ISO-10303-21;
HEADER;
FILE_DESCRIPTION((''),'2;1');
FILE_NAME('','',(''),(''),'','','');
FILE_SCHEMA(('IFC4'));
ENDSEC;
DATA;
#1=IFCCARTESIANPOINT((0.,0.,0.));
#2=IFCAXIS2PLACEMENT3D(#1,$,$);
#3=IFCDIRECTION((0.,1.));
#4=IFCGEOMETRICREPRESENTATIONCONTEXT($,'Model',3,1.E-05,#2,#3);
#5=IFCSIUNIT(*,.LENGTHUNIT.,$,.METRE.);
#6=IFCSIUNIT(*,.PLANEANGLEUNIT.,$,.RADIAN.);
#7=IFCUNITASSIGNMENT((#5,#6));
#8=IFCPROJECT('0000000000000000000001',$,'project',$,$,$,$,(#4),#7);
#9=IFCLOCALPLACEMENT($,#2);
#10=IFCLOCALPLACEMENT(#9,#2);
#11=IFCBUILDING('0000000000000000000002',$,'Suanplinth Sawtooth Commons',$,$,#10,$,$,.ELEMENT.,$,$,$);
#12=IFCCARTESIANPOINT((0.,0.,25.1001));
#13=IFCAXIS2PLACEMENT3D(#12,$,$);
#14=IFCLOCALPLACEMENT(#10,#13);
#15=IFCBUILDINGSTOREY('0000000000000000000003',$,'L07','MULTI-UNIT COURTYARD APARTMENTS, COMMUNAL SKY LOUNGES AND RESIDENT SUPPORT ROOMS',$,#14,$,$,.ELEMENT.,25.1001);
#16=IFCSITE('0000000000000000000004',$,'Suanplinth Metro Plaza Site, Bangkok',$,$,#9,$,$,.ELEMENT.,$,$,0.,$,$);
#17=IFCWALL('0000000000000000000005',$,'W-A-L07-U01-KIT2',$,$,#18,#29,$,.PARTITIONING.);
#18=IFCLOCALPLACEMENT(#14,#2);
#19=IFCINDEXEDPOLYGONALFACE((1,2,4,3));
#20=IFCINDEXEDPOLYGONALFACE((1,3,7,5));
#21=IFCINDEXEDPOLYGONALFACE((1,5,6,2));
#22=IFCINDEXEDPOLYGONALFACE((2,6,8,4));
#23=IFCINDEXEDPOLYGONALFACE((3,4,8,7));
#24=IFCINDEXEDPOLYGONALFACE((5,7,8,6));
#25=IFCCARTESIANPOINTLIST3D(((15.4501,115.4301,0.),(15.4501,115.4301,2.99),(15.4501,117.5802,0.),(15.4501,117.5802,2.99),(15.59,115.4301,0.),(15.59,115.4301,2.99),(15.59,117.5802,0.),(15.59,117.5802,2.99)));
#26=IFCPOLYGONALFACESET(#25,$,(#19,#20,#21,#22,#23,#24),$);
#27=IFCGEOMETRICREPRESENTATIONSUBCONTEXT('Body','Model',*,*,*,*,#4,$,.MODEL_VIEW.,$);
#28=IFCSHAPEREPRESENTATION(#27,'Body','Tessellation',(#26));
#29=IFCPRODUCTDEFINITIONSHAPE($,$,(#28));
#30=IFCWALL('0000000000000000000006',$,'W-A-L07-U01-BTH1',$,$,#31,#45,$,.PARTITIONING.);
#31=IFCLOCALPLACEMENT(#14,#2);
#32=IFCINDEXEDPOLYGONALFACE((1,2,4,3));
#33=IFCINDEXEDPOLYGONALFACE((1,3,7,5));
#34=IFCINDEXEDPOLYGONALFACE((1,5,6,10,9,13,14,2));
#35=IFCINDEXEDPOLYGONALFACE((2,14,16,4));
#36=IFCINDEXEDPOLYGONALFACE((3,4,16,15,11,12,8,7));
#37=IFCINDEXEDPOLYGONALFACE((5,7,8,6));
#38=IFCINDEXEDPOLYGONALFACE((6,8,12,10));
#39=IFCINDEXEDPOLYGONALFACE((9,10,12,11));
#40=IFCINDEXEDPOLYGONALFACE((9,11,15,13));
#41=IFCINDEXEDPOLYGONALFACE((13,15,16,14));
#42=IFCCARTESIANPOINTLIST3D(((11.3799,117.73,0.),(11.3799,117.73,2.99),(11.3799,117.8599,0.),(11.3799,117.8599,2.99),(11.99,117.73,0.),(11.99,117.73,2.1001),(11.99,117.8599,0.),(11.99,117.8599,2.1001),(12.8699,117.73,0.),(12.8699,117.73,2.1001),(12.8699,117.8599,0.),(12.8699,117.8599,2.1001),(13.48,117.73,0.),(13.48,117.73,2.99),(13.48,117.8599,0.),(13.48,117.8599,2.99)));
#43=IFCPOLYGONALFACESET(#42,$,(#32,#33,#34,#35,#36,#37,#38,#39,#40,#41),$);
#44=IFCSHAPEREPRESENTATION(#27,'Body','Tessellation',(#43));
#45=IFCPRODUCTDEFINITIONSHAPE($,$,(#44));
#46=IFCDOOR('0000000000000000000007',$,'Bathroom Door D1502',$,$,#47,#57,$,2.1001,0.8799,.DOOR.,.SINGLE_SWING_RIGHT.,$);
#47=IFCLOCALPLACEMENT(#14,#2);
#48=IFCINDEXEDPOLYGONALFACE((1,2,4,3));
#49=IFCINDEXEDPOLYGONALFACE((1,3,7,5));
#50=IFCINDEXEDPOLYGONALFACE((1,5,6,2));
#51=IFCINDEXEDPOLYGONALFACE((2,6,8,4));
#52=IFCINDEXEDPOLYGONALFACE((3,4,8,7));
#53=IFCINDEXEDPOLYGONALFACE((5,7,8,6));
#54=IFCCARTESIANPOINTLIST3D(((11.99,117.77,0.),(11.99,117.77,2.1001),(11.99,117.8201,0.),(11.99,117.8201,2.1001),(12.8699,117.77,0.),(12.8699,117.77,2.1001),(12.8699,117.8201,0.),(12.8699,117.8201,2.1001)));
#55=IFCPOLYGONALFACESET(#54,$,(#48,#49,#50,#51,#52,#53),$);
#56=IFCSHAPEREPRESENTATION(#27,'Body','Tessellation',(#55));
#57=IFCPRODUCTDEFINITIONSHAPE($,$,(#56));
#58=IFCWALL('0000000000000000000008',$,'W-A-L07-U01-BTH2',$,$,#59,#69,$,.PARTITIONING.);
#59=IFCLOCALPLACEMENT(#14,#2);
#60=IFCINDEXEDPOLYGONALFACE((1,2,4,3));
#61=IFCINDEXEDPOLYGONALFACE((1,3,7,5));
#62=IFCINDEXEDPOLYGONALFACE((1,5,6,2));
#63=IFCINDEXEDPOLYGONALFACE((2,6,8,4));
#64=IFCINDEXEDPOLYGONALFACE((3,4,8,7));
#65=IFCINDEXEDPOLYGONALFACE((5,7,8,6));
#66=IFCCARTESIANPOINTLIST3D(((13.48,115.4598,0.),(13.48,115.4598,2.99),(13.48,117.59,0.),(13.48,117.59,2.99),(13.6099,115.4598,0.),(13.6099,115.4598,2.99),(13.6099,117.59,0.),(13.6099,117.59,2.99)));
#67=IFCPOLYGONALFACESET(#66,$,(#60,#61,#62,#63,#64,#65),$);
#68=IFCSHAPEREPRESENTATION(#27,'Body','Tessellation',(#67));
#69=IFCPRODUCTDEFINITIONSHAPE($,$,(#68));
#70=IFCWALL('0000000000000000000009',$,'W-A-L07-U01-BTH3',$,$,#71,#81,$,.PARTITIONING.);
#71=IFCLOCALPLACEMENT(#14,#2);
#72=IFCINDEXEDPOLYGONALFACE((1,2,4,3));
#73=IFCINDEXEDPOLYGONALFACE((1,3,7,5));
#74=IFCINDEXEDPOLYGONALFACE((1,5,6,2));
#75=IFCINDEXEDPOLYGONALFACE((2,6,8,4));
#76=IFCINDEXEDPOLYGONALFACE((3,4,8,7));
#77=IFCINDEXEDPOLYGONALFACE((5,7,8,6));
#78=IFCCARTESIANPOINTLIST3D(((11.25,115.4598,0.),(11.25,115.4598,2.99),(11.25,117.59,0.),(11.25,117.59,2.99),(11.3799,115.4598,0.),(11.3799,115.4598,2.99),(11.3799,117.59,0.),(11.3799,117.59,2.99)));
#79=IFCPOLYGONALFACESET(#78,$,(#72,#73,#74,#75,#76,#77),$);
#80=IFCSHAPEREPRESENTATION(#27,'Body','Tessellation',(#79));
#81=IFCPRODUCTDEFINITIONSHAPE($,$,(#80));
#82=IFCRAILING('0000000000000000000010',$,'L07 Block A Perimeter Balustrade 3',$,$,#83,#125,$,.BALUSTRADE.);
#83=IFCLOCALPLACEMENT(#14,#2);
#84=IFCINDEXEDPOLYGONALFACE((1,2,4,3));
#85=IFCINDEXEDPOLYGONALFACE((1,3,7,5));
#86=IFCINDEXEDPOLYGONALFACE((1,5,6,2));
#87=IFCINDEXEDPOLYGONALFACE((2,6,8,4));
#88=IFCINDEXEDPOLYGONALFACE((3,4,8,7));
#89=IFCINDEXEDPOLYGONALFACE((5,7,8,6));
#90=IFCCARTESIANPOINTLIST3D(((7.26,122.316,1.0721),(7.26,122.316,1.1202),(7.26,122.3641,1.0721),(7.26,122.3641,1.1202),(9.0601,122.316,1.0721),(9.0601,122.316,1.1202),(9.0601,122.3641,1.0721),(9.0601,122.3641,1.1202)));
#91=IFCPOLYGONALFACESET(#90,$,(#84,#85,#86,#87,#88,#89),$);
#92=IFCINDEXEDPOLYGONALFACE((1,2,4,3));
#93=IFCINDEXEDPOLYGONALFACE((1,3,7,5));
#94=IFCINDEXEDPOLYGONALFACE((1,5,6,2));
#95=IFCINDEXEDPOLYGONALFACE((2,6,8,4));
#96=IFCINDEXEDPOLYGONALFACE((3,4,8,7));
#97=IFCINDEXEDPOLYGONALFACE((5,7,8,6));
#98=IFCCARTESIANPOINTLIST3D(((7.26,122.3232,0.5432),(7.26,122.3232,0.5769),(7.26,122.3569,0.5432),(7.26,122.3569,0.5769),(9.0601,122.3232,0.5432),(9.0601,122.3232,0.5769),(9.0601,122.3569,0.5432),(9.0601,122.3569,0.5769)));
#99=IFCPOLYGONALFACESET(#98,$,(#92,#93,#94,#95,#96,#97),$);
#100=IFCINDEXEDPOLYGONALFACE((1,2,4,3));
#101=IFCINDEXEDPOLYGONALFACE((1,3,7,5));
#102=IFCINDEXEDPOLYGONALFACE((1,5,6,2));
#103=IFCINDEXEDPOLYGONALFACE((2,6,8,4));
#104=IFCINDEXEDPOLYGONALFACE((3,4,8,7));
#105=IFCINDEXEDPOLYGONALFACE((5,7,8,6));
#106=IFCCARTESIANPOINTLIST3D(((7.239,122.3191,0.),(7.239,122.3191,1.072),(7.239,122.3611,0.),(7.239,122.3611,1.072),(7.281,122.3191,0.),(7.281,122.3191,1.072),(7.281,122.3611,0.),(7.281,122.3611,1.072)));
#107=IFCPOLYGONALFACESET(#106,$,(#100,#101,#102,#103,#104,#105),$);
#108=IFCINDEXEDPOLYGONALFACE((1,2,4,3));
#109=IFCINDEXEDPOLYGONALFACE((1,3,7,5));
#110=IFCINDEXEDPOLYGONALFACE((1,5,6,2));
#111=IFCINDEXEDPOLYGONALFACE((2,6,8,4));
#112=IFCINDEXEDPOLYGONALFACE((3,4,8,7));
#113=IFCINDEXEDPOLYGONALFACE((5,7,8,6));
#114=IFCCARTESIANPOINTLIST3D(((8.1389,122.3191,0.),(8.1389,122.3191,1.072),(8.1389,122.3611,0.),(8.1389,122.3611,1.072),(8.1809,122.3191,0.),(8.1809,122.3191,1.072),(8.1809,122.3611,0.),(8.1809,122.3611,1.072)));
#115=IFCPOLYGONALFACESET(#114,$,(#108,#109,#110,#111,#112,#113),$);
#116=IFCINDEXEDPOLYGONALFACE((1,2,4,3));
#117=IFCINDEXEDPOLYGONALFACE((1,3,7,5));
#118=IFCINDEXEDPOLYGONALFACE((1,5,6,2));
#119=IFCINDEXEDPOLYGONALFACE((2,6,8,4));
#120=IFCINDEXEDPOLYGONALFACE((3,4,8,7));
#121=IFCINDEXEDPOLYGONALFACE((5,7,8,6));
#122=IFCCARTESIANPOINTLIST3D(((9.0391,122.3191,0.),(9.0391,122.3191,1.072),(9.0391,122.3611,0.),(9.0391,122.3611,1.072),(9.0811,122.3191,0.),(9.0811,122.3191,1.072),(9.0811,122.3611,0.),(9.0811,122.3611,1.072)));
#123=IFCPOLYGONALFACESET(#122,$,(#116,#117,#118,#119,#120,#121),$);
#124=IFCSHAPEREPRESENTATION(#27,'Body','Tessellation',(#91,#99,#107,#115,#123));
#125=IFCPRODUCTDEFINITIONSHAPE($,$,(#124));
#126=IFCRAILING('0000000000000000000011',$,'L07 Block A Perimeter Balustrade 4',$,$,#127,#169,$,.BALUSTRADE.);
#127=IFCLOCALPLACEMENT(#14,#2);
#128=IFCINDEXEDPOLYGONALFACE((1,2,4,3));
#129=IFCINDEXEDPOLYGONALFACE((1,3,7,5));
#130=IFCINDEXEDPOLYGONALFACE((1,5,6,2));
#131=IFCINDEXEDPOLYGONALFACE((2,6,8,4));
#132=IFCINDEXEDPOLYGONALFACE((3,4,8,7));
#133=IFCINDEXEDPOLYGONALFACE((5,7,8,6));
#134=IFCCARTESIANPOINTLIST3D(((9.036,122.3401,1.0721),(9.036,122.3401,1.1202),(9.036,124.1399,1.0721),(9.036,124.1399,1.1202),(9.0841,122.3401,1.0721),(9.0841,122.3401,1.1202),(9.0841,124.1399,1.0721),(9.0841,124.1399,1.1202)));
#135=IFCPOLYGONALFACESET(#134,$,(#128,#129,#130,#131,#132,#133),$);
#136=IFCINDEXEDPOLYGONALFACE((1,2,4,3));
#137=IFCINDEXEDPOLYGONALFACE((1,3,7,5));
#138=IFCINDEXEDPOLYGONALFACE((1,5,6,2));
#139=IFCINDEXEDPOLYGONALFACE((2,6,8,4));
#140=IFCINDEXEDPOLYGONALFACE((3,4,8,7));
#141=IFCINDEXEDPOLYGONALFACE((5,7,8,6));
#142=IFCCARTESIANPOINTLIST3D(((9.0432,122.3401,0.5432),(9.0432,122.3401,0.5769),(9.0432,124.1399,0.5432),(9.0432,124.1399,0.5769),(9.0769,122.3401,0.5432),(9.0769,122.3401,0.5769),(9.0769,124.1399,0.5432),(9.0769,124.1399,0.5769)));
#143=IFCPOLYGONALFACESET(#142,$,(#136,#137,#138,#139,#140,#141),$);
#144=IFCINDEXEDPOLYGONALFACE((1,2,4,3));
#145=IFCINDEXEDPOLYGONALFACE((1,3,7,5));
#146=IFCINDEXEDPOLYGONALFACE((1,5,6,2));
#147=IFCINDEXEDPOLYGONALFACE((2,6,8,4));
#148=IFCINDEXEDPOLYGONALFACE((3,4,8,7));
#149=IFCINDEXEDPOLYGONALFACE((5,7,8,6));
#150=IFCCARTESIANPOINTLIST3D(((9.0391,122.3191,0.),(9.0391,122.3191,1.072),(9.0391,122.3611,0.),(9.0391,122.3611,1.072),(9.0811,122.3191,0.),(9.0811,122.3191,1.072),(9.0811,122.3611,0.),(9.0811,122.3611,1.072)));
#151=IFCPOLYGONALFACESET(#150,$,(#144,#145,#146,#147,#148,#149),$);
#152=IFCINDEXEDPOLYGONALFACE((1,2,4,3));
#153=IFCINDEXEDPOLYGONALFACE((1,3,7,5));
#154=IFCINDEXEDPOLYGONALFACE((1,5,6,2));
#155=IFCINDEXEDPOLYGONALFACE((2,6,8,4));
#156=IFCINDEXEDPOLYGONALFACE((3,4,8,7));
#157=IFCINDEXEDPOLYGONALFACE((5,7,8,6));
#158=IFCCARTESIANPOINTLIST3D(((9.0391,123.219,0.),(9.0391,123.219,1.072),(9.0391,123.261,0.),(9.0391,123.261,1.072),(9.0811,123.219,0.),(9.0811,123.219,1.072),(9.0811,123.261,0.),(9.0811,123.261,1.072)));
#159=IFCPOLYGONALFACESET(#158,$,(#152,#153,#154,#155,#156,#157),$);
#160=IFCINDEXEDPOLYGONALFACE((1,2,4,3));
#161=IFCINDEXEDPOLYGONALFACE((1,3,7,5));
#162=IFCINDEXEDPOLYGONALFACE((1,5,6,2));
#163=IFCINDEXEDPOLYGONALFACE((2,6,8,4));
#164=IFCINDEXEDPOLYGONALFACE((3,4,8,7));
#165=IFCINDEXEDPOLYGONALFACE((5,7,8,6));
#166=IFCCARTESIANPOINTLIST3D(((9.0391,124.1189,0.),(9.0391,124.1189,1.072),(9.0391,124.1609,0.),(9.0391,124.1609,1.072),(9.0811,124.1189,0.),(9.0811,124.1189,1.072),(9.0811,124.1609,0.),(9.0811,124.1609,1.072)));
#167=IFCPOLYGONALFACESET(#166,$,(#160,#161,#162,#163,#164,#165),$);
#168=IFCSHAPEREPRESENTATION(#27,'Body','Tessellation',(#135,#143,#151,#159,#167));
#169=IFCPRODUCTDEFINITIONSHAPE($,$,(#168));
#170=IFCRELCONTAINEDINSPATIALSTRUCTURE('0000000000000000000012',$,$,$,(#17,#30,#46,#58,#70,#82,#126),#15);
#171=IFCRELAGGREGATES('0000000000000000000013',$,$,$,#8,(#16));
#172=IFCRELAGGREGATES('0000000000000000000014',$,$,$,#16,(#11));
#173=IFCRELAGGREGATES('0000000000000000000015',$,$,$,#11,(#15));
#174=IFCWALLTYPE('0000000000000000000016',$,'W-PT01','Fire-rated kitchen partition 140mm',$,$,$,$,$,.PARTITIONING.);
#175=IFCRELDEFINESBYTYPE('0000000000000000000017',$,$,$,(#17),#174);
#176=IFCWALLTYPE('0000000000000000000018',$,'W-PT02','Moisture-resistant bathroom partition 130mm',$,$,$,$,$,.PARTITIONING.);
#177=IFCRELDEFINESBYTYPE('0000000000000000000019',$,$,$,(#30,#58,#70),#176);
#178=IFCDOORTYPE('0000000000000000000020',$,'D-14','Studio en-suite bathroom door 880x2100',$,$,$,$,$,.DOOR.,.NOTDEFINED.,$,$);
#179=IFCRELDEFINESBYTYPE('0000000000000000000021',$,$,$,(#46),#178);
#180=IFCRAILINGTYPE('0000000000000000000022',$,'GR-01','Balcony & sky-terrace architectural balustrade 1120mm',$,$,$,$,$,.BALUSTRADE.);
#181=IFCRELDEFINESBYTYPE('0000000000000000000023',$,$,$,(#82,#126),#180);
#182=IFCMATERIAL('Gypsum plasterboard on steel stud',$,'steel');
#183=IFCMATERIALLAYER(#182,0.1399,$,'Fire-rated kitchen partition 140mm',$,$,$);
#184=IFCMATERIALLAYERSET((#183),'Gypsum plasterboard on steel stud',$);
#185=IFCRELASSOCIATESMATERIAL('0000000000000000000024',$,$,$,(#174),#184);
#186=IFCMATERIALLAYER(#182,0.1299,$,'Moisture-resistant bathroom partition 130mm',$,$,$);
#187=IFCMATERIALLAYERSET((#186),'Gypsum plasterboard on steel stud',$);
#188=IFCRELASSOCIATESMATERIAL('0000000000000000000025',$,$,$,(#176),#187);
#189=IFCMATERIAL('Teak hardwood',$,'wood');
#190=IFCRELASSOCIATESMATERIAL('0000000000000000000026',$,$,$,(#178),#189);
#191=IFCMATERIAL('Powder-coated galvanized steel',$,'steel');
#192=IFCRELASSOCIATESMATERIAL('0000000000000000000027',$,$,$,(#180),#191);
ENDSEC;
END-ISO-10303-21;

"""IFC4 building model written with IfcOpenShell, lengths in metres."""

from ifc_helpers import new_model, si_unit, direction, frame, frame_2d, origin, origin_2d, place, context, subcontext, project, spatial, rectangle, extrude, material, layer, layer_set, type_object, element, fill, save


model = new_model("IFC4")

# Units and contexts
model_context = context("Model", 3, precision=1e-05, world=origin(), true_north=direction((0.0, 1.0)))
body_context = subcontext(model_context, "Body", "Model", "MODEL_VIEW")
ifc_project = project(units=[si_unit("LENGTHUNIT", "METRE"), si_unit("PLANEANGLEUNIT", "RADIAN")], contexts=[model_context])

# Site, building, storey
site_placement = place(None, origin())
site = spatial("IfcSite", under=ifc_project, at=site_placement, Name="Suanplinth Metro Plaza Site, Bangkok", CompositionType="ELEMENT", RefElevation=0.0)
building_placement = place(site_placement, origin())
building = spatial("IfcBuilding", under=site, at=building_placement, Name="Suanplinth Sawtooth Commons", CompositionType="ELEMENT")
storey_placement = place(building_placement, frame((0.0, 0.0, 25.1001)))
storey = spatial("IfcBuildingStorey", under=building, at=storey_placement, Name="L07", Description="MULTI-UNIT COURTYARD APARTMENTS, COMMUNAL SKY LOUNGES AND RESIDENT SUPPORT ROOMS", CompositionType="ELEMENT", Elevation=25.1001)

# Shared definitions
ifc_material_1 = material(Name="Gypsum plasterboard on steel stud", Category="steel")
ifc_layer_1 = layer(ifc_material_1, 0.1399, Name="Fire-rated kitchen partition 140mm")
ifc_layer_set_1 = layer_set([ifc_layer_1], Name="Gypsum plasterboard on steel stud")
wall_type_1 = type_object("IfcWallType", Name="W-PT01", Description="Fire-rated kitchen partition 140mm", PredefinedType="PARTITIONING", material=ifc_layer_set_1)
ifc_material_2 = material(Name="Teak hardwood", Category="wood")

# Wall
wall_1_placement = place(storey_placement, frame((15.52, 115.4299, 0.0), z_axis=(0.0, 0.0, 1.0), x_axis=(0.0, 1.0, 0.0)))
element("IfcWall", 1, at=wall_1_placement, inside=storey, type_object=wall_type_1, Name="W-A-L07-U01-KIT2", PredefinedType="PARTITIONING", context=body_context, shape_type="SweptSolid", body=[
    extrude(rectangle(XDim=2.1501, YDim=0.1399, at=frame_2d((1.0752, 0.0))), origin(), (0.0, 0.0, 1.0), 2.99),
])

# Wall, opening, door
ifc_layer_2 = layer(ifc_material_1, 0.1299, Name="Moisture-resistant bathroom partition 130mm")
ifc_layer_set_2 = layer_set([ifc_layer_2], Name="Gypsum plasterboard on steel stud")
wall_type_2 = type_object("IfcWallType", Name="W-PT02", Description="Moisture-resistant bathroom partition 130mm", PredefinedType="PARTITIONING", material=ifc_layer_set_2)
wall_2_placement = place(storey_placement, frame((11.3799, 117.7949, 0.0), z_axis=(0.0, 0.0, 1.0), x_axis=(1.0, 0.0, 0.0)))
wall_2 = element("IfcWall", 2, at=wall_2_placement, inside=storey, type_object=wall_type_2, Name="W-A-L07-U01-BTH1", PredefinedType="PARTITIONING", context=body_context, shape_type="SweptSolid", body=[
    extrude(rectangle(XDim=2.1001, YDim=0.1299, at=frame_2d((1.05, 0.0))), origin(), (0.0, 0.0, 1.0), 2.99),
])
opening_1_placement = place(wall_2_placement, frame((0.6101, 0.0, 0.0)))
opening_1 = element("IfcOpeningElement", 3, at=opening_1_placement, cuts=wall_2, PredefinedType="OPENING", context=body_context, shape_type="SweptSolid", body=[
    extrude(rectangle(XDim=0.8799, YDim=2.1001, at=frame_2d((0.4399, 1.05))), frame((0.0, 0.0798, 0.0), z_axis=(0.0, -1.0, 0.0), x_axis=(1.0, 0.0, 0.0)), (0.0, 0.0, 1.0), 0.1597),
])
door_type_1 = type_object("IfcDoorType", Name="D-14", Description="Studio en-suite bathroom door 880x2100", OperationType="NOTDEFINED", PredefinedType="DOOR", material=ifc_material_2)
door_1_placement = place(opening_1_placement, frame((0.8799, 0.0, 0.0), z_axis=(0.0, 0.0, 1.0), x_axis=(-1.0, 0.0, 0.0)))
door_1 = element("IfcDoor", 4, at=door_1_placement, inside=storey, type_object=door_type_1, Name="Bathroom Door D1502", OperationType="SINGLE_SWING_RIGHT", OverallHeight=2.1001, OverallWidth=0.8799, PredefinedType="DOOR", context=body_context, shape_type="SweptSolid", body=[
    extrude(rectangle(XDim=0.8799, YDim=2.1001, at=frame_2d((0.4399, 1.05))), frame((0.0, 0.0249, 0.0), z_axis=(0.0, -1.0, 0.0), x_axis=(1.0, 0.0, 0.0)), (0.0, 0.0, 1.0), 0.05),
])
fill(opening_1, door_1)

# Walls
for number, where, z_axis, x_axis, name in (
    (5, (13.5449, 115.46, 0.0), (0.0, 0.0, 1.0), (0.0, 1.0, 0.0), "W-A-L07-U01-BTH2"),
    (6, (11.3149, 115.46, 0.0), (0.0, 0.0, 1.0), (0.0, 1.0, 0.0), "W-A-L07-U01-BTH3"),
):
    element("IfcWall", number, at=place(storey_placement, frame(where, z_axis=z_axis, x_axis=x_axis)), inside=storey, type_object=wall_type_2, Name=name, PredefinedType="PARTITIONING", context=body_context, shape_type="SweptSolid", body=[
        extrude(rectangle(XDim=2.1301, YDim=0.1299, at=frame_2d((1.0649, 0.0))), origin(), (0.0, 0.0, 1.0), 2.99),
    ])

# Railings
ifc_material_3 = material(Name="Powder-coated galvanized steel", Category="steel")
railing_type = type_object("IfcRailingType", Name="GR-01", Description="Balcony & sky-terrace architectural balustrade 1120mm", PredefinedType="BALUSTRADE", material=ifc_material_3)
railing_1_placement = place(storey_placement, frame((7.26, 122.3401, 0.0)))
element("IfcRailing", 7, at=railing_1_placement, inside=storey, type_object=railing_type, Name="L07 Block A Perimeter Balustrade 3", PredefinedType="BALUSTRADE", context=body_context, shape_type="SweptSolid", body=[
    extrude(rectangle(XDim=0.0481, YDim=0.0481, at=origin_2d()), frame((0.0, 0.0, 1.0962), z_axis=(1.0, 0.0, 0.0), x_axis=(0.0, 1.0, 0.0)), (0.0, 0.0, 1.0), 1.8),
    extrude(rectangle(XDim=0.0337, YDim=0.0337, at=origin_2d()), frame((0.0, 0.0, 0.5601), z_axis=(1.0, 0.0, 0.0), x_axis=(0.0, 1.0, 0.0)), (0.0, 0.0, 1.0), 1.8),
    extrude(rectangle(XDim=0.042, YDim=0.042, at=origin_2d()), origin(), (0.0, 0.0, 1.0), 1.072),
    extrude(rectangle(XDim=0.042, YDim=0.042, at=origin_2d()), frame((0.8999, 0.0, 0.0)), (0.0, 0.0, 1.0), 1.072),
    extrude(rectangle(XDim=0.042, YDim=0.042, at=origin_2d()), frame((1.8, 0.0, 0.0)), (0.0, 0.0, 1.0), 1.072),
])
railing_2_placement = place(storey_placement, frame((9.0601, 122.3401, 0.0)))
element("IfcRailing", 8, at=railing_2_placement, inside=storey, type_object=railing_type, Name="L07 Block A Perimeter Balustrade 4", PredefinedType="BALUSTRADE", context=body_context, shape_type="SweptSolid", body=[
    extrude(rectangle(XDim=0.0481, YDim=0.0481, at=origin_2d()), frame((0.0, 0.0, 1.0962), z_axis=(0.0, 1.0, 0.0), x_axis=(-1.0, 0.0, 0.0)), (0.0, 0.0, 1.0), 1.7998),
    extrude(rectangle(XDim=0.0337, YDim=0.0337, at=origin_2d()), frame((0.0, 0.0, 0.5601), z_axis=(0.0, 1.0, 0.0), x_axis=(-1.0, 0.0, 0.0)), (0.0, 0.0, 1.0), 1.7998),
    extrude(rectangle(XDim=0.042, YDim=0.042, at=origin_2d()), origin(), (0.0, 0.0, 1.0), 1.072),
    extrude(rectangle(XDim=0.042, YDim=0.042, at=origin_2d()), frame((0.0, 0.8999, 0.0)), (0.0, 0.0, 1.0), 1.072),
    extrude(rectangle(XDim=0.042, YDim=0.042, at=origin_2d()), frame((0.0, 1.7998, 0.0)), (0.0, 0.0, 1.0), 1.072),
])

save(model, "model.ifc")
